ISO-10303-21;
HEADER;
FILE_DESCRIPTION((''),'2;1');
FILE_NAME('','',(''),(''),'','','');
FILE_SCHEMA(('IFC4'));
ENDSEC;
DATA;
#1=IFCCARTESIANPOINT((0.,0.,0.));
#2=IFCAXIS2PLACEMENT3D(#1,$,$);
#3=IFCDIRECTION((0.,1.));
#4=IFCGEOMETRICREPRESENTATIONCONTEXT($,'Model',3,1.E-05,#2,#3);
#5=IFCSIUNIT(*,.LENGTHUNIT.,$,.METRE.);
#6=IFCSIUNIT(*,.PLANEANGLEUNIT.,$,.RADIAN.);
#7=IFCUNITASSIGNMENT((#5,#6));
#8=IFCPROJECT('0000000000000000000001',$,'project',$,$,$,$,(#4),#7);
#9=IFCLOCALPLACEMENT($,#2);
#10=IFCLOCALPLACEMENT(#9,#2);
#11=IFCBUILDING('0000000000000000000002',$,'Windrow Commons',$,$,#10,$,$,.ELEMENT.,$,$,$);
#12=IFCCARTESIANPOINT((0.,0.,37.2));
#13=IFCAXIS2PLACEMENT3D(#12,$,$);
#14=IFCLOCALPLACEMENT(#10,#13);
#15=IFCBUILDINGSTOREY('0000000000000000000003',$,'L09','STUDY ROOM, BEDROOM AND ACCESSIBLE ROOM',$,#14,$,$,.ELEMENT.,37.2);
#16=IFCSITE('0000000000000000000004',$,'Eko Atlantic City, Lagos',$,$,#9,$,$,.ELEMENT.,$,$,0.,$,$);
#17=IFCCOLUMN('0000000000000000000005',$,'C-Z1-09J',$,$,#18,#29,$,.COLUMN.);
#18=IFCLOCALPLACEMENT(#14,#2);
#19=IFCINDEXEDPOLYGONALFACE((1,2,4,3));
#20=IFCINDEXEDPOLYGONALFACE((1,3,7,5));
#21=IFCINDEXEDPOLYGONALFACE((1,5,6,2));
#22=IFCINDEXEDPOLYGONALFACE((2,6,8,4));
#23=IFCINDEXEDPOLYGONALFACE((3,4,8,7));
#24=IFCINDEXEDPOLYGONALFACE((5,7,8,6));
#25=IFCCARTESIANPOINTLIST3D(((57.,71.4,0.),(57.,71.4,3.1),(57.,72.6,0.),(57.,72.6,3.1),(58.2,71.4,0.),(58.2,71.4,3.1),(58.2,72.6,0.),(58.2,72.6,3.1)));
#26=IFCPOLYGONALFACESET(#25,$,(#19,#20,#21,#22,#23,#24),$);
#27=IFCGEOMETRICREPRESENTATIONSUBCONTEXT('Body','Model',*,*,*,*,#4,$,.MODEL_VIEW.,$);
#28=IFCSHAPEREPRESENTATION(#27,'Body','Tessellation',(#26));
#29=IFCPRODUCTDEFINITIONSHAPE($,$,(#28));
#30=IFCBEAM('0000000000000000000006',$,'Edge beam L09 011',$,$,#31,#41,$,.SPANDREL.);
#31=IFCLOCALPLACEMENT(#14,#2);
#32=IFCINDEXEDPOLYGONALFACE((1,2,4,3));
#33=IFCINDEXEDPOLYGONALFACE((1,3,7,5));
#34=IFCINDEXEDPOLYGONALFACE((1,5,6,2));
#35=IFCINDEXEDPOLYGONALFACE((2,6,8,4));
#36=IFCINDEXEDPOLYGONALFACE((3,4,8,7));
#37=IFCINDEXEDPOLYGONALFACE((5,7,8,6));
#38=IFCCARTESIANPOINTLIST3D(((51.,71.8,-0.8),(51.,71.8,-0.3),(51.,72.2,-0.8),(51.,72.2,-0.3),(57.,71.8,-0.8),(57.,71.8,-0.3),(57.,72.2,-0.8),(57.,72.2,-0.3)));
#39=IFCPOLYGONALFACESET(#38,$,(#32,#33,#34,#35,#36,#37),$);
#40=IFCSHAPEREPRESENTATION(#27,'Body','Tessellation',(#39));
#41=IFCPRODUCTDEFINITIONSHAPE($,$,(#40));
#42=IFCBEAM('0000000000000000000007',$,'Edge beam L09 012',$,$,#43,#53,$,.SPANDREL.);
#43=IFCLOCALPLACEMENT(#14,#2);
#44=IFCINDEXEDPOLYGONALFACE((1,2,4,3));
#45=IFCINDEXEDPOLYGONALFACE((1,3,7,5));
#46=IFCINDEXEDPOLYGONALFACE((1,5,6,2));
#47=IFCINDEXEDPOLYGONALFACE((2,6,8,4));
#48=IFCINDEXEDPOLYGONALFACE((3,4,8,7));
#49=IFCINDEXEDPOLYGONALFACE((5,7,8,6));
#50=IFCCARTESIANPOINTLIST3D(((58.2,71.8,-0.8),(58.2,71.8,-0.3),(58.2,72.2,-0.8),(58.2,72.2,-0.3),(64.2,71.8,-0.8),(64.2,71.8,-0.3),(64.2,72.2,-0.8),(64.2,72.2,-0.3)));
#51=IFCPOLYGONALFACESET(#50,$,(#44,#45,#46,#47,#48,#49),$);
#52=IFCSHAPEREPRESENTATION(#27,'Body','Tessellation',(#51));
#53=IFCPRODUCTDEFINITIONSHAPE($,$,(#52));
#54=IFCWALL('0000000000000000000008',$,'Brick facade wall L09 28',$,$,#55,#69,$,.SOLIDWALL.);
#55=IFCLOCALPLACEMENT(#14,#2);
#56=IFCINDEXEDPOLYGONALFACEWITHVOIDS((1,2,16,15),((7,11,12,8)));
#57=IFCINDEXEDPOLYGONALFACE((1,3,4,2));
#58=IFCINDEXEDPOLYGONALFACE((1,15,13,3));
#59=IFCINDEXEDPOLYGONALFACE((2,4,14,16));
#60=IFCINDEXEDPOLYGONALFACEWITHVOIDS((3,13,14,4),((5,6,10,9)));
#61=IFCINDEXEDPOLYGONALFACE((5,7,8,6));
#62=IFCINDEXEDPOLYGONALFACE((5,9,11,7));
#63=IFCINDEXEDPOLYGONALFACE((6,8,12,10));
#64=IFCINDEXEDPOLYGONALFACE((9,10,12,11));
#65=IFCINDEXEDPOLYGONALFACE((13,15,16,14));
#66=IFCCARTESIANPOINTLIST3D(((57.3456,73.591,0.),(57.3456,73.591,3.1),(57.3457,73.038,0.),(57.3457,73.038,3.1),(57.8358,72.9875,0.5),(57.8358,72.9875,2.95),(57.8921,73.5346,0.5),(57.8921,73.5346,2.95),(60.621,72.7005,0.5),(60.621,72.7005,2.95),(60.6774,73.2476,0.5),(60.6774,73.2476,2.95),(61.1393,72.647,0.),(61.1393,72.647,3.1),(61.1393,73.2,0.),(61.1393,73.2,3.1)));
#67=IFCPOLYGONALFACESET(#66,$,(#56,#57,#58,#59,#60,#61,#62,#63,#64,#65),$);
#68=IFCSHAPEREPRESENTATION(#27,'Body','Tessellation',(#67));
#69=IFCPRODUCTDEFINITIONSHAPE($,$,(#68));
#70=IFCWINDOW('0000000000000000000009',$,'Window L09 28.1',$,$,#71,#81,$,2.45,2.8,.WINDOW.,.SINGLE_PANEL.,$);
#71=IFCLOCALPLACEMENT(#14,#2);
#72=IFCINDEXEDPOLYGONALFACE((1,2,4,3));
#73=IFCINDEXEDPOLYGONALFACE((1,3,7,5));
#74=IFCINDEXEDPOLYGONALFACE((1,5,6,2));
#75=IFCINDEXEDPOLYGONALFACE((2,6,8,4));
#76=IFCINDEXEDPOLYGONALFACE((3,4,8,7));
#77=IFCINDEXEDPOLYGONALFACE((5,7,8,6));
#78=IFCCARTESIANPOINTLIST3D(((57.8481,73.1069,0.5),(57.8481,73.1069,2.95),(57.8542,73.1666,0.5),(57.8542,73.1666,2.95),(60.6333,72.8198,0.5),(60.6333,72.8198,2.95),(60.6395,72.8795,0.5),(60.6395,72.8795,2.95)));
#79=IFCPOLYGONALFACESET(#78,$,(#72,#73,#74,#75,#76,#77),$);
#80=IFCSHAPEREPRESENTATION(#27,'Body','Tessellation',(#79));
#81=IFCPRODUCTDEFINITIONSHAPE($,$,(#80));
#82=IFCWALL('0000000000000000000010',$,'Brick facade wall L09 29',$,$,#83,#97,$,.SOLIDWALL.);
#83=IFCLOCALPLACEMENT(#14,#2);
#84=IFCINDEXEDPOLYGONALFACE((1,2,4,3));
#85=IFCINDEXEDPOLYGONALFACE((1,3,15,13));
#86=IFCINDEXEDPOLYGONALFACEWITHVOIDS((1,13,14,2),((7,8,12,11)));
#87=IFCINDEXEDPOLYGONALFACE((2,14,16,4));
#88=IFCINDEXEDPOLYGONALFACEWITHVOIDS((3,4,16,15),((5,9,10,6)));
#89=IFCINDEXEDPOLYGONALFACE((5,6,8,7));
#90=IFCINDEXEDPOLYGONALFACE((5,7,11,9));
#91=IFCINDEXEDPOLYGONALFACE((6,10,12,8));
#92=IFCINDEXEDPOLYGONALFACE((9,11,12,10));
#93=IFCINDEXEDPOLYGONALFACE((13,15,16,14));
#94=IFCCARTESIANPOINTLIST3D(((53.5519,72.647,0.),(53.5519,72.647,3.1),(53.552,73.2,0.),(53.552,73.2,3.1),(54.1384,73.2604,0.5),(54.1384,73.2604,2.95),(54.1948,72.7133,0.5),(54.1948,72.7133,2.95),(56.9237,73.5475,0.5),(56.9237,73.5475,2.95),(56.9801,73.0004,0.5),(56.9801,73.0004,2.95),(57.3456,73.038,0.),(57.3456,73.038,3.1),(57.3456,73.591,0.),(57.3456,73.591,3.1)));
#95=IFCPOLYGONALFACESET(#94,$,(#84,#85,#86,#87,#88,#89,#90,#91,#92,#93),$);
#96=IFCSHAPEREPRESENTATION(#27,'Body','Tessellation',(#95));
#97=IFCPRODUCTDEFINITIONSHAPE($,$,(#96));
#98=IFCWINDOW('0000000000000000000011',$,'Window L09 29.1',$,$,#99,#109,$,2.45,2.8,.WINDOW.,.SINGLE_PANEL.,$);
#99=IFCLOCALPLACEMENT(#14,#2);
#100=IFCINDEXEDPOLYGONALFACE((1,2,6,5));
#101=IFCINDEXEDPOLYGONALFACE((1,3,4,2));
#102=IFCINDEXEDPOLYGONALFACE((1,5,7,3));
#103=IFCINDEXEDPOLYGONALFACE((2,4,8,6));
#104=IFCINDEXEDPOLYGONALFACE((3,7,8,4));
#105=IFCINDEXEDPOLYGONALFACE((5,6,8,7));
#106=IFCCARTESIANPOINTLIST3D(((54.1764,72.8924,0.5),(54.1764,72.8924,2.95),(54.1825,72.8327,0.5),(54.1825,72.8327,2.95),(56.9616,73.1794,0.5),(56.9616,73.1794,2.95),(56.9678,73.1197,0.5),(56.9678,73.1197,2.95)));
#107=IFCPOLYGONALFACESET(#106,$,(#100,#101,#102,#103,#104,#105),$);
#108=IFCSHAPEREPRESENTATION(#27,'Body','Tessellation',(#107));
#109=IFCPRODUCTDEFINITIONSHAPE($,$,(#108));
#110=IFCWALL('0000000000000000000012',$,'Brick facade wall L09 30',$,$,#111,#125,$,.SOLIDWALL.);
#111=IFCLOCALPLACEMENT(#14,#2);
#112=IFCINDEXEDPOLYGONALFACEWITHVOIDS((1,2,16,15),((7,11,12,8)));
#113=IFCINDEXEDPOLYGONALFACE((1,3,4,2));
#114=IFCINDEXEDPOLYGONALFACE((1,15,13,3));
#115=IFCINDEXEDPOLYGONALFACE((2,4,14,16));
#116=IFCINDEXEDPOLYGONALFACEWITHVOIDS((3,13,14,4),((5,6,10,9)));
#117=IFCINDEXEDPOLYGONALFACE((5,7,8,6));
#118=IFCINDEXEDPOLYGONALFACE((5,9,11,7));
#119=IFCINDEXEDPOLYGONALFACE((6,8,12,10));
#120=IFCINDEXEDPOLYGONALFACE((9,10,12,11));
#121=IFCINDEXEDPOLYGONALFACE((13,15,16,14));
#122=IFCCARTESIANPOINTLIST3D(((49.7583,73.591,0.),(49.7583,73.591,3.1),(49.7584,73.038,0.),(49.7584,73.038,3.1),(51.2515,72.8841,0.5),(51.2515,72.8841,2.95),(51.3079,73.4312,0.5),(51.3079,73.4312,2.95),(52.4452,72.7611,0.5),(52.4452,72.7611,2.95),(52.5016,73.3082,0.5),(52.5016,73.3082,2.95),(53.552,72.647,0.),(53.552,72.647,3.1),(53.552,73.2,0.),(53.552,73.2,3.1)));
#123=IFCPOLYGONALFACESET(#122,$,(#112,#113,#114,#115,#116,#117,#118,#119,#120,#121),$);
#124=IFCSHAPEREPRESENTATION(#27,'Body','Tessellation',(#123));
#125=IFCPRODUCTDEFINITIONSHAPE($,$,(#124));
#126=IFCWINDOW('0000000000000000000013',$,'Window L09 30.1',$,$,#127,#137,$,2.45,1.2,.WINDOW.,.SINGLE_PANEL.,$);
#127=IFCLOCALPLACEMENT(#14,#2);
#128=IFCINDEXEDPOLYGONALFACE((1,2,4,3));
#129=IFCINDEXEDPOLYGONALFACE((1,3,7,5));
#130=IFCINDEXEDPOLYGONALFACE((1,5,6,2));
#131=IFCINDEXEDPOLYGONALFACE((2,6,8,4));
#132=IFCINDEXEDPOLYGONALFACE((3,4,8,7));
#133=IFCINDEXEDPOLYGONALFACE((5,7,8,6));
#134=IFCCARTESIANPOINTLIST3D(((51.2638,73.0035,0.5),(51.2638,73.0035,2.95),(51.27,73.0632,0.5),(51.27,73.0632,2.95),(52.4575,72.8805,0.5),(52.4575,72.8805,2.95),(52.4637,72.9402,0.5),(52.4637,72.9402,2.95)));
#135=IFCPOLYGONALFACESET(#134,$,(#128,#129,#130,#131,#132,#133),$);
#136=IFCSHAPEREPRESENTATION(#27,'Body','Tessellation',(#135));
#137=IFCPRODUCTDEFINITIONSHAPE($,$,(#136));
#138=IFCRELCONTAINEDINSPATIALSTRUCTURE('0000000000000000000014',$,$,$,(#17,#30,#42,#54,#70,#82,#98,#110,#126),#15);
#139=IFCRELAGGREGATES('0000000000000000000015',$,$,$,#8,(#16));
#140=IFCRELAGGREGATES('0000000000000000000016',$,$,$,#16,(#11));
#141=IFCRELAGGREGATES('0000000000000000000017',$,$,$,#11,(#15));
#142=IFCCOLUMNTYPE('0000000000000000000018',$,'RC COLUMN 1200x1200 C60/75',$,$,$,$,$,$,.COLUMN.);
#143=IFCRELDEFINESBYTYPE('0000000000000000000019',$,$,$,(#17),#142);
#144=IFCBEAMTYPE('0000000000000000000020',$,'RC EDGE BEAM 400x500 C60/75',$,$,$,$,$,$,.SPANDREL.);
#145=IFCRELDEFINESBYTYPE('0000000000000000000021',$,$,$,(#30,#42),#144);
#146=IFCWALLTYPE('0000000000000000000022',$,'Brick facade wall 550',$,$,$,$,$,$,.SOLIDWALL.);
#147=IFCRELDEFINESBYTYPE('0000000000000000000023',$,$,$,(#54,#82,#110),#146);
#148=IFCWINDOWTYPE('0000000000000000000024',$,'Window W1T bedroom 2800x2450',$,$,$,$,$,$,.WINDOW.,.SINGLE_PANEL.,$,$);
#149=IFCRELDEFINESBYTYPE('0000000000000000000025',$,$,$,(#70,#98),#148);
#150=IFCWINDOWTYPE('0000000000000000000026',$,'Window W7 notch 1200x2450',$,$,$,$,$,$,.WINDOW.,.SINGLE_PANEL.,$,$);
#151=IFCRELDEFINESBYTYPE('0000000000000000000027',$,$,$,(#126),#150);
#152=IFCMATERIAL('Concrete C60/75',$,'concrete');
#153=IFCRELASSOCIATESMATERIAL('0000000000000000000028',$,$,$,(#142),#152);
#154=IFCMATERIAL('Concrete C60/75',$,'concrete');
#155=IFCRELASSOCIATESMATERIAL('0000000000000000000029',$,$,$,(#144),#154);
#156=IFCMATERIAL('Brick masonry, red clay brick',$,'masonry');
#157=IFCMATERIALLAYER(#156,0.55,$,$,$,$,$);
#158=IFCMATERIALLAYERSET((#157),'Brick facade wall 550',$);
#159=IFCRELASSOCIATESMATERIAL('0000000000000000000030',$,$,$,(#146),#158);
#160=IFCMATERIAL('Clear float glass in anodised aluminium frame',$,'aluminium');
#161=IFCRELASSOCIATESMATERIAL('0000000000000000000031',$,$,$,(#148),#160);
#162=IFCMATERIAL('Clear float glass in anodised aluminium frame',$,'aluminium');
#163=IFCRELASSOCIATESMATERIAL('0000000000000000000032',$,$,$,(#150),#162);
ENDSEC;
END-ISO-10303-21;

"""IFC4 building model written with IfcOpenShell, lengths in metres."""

from ifc_helpers import new_model, si_unit, direction, frame, frame_2d, origin, origin_2d, place, context, subcontext, project, spatial, polyline, rectangle, outline, extrude, material, layer, layer_set, material_profile, profile_set, type_object, element, fill, save


model = new_model("IFC4")

# Units and contexts
model_context = context("Model", 3, precision=1e-05, world=origin(), true_north=direction((0.0, 1.0)))
body_context = subcontext(model_context, "Body", "Model", "MODEL_VIEW")
ifc_project = project(units=[si_unit("LENGTHUNIT", "METRE"), si_unit("PLANEANGLEUNIT", "RADIAN")], contexts=[model_context])

# Site, building, storey
site_placement = place(None, origin())
site = spatial("IfcSite", under=ifc_project, at=site_placement, Name="Eko Atlantic City, Lagos", CompositionType="ELEMENT", RefElevation=0.0)
building_placement = place(site_placement, origin())
building = spatial("IfcBuilding", under=site, at=building_placement, Name="Windrow Commons", CompositionType="ELEMENT")
storey_placement = place(building_placement, frame((0.0, 0.0, 37.2)))
storey = spatial("IfcBuildingStorey", under=building, at=storey_placement, Name="L09", Description="STUDY ROOM, BEDROOM AND ACCESSIBLE ROOM", CompositionType="ELEMENT", Elevation=37.2)

# Column
ifc_material_1 = material(Name="Concrete C60/75", Category="concrete")
ifc_material_profile_1 = material_profile(ifc_material_1, rectangle(XDim=1.2, YDim=1.2, at=origin_2d()))
ifc_profile_set_1 = profile_set([ifc_material_profile_1], Name="Concrete C60/75")
column_type = type_object("IfcColumnType", Name="RC COLUMN 1200x1200 C60/75", PredefinedType="COLUMN", material=ifc_profile_set_1)
column_placement = place(storey_placement, frame((57.6, 72.0, 0.0), z_axis=(0.0, 0.0, 1.0), x_axis=(1.0, 0.0, 0.0)))
element("IfcColumn", 1, at=column_placement, inside=storey, type_object=column_type, Name="C-Z1-09J", PredefinedType="COLUMN", context=body_context, shape_type="SweptSolid", body=[
    extrude(rectangle(XDim=1.2, YDim=1.2, at=origin_2d()), origin(), (0.0, 0.0, 1.0), 3.1),
])

# Beams
ifc_material_2 = material(Name="Concrete C60/75", Category="concrete")
ifc_material_profile_2 = material_profile(ifc_material_2, rectangle(XDim=0.4, YDim=0.5, at=origin_2d()))
ifc_profile_set_2 = profile_set([ifc_material_profile_2], Name="Concrete C60/75")
beam_type = type_object("IfcBeamType", Name="RC EDGE BEAM 400x500 C60/75", PredefinedType="SPANDREL", material=ifc_profile_set_2)
for number, where, z_axis, x_axis, name in (
    (2, (51.0, 72.0, -0.55), (1.0, 0.0, 0.0), (0.0, 1.0, 0.0), "Edge beam L09 011"),
    (3, (58.2, 72.0, -0.55), (1.0, 0.0, 0.0), (0.0, 1.0, 0.0), "Edge beam L09 012"),
):
    element("IfcBeam", number, at=place(storey_placement, frame(where, z_axis=z_axis, x_axis=x_axis)), inside=storey, type_object=beam_type, Name=name, PredefinedType="SPANDREL", context=body_context, shape_type="SweptSolid", body=[
        extrude(rectangle(XDim=0.4, YDim=0.5, at=origin_2d()), origin(), (0.0, 0.0, 1.0), 6.0),
    ])

# Walls, openings, windows
ifc_material_3 = material(Name="Brick masonry, red clay brick", Category="masonry")
ifc_layer_1 = layer(ifc_material_3, 0.55)
ifc_layer_set_1 = layer_set([ifc_layer_1], Name="Brick facade wall 550")
wall_type_1 = type_object("IfcWallType", Name="Brick facade wall 550", PredefinedType="SOLIDWALL", material=ifc_layer_set_1)
wall_1_placement = place(storey_placement, frame((61.1393, 72.9235, 0.0), z_axis=(0.0, 0.0, 1.0), x_axis=(-0.994731, 0.102523, 0.0)))
wall_1 = element("IfcWall", 4, at=wall_1_placement, inside=storey, type_object=wall_type_1, Name="Brick facade wall L09 28", PredefinedType="SOLIDWALL", context=body_context, shape_type="SweptSolid", body=[
    extrude(outline(polyline([(0.0283, -0.275), (3.8421, -0.275), (3.7854, 0.275), (-0.0283, 0.275), (0.0283, -0.275)])), origin(), (0.0, 0.0, 1.0), 3.1),
])
opening_1_placement = place(wall_1_placement, frame((0.4927, 0.0, 0.5)))
opening_1 = element("IfcOpeningElement", 5, at=opening_1_placement, cuts=wall_1, PredefinedType="OPENING", context=body_context, shape_type="SweptSolid", body=[
    extrude(rectangle(XDim=2.8, YDim=2.45, at=frame_2d((1.4, 1.225))), frame((0.0, 0.285, 0.0), z_axis=(0.0, -1.0, 0.0), x_axis=(1.0, 0.0, 0.0)), (0.0, 0.0, 1.0), 0.57),
])
ifc_material_4 = material(Name="Clear float glass in anodised aluminium frame", Category="aluminium")
window_type_1 = type_object("IfcWindowType", Name="Window W1T bedroom 2800x2450", PartitioningType="SINGLE_PANEL", PredefinedType="WINDOW", material=ifc_material_4)
window_1_placement = place(opening_1_placement, origin())
window_1 = element("IfcWindow", 6, at=window_1_placement, inside=storey, type_object=window_type_1, Name="Window L09 28.1", OverallHeight=2.45, OverallWidth=2.8, PartitioningType="SINGLE_PANEL", PredefinedType="WINDOW", context=body_context, shape_type="SweptSolid", body=[
    extrude(rectangle(XDim=2.8, YDim=2.45, at=frame_2d((1.4, 1.225))), frame((0.0, 0.155, 0.0), z_axis=(0.0, -1.0, 0.0), x_axis=(1.0, 0.0, 0.0)), (0.0, 0.0, 1.0), 0.06),
])
fill(opening_1, window_1)
wall_2_placement = place(storey_placement, frame((57.3456, 73.3145, 0.0), z_axis=(0.0, 0.0, 1.0), x_axis=(-0.99473, -0.102525, 0.0)))
wall_2 = element("IfcWall", 7, at=wall_2_placement, inside=storey, type_object=wall_type_1, Name="Brick facade wall L09 29", PredefinedType="SOLIDWALL", context=body_context, shape_type="SweptSolid", body=[
    extrude(outline(polyline([(-0.0283, -0.275), (3.7854, -0.275), (3.8421, 0.275), (0.0283, 0.275), (-0.0283, -0.275)])), origin(), (0.0, 0.0, 1.0), 3.1),
])
opening_2_placement = place(wall_2_placement, frame((0.3958, 0.0, 0.5)))
opening_2 = element("IfcOpeningElement", 8, at=opening_2_placement, cuts=wall_2, PredefinedType="OPENING", context=body_context, shape_type="SweptSolid", body=[
    extrude(rectangle(XDim=2.8, YDim=2.45, at=frame_2d((1.4, 1.225))), frame((0.0, 0.285, 0.0), z_axis=(0.0, -1.0, 0.0), x_axis=(1.0, 0.0, 0.0)), (0.0, 0.0, 1.0), 0.57),
])
window_2_placement = place(opening_2_placement, origin())
window_2 = element("IfcWindow", 9, at=window_2_placement, inside=storey, type_object=window_type_1, Name="Window L09 29.1", OverallHeight=2.45, OverallWidth=2.8, PartitioningType="SINGLE_PANEL", PredefinedType="WINDOW", context=body_context, shape_type="SweptSolid", body=[
    extrude(rectangle(XDim=2.8, YDim=2.45, at=frame_2d((1.4, 1.225))), frame((0.0, 0.155, 0.0), z_axis=(0.0, -1.0, 0.0), x_axis=(1.0, 0.0, 0.0)), (0.0, 0.0, 1.0), 0.06),
])
fill(opening_2, window_2)
wall_3_placement = place(storey_placement, frame((53.552, 72.9235, 0.0), z_axis=(0.0, 0.0, 1.0), x_axis=(-0.994731, 0.102523, 0.0)))
wall_3 = element("IfcWall", 10, at=wall_3_placement, inside=storey, type_object=wall_type_1, Name="Brick facade wall L09 30", PredefinedType="SOLIDWALL", context=body_context, shape_type="SweptSolid", body=[
    extrude(outline(polyline([(0.0283, -0.275), (3.8421, -0.275), (3.7854, 0.275), (-0.0283, 0.275), (0.0283, -0.275)])), origin(), (0.0, 0.0, 1.0), 3.1),
])
opening_3_placement = place(wall_3_placement, frame((1.0843, 0.0, 0.5)))
opening_3 = element("IfcOpeningElement", 11, at=opening_3_placement, cuts=wall_3, PredefinedType="OPENING", context=body_context, shape_type="SweptSolid", body=[
    extrude(rectangle(XDim=1.2, YDim=2.45, at=frame_2d((0.6, 1.225))), frame((0.0, 0.285, 0.0), z_axis=(0.0, -1.0, 0.0), x_axis=(1.0, 0.0, 0.0)), (0.0, 0.0, 1.0), 0.57),
])
ifc_material_5 = material(Name="Clear float glass in anodised aluminium frame", Category="aluminium")
window_type_2 = type_object("IfcWindowType", Name="Window W7 notch 1200x2450", PartitioningType="SINGLE_PANEL", PredefinedType="WINDOW", material=ifc_material_5)
window_3_placement = place(opening_3_placement, origin())
window_3 = element("IfcWindow", 12, at=window_3_placement, inside=storey, type_object=window_type_2, Name="Window L09 30.1", OverallHeight=2.45, OverallWidth=1.2, PartitioningType="SINGLE_PANEL", PredefinedType="WINDOW", context=body_context, shape_type="SweptSolid", body=[
    extrude(rectangle(XDim=1.2, YDim=2.45, at=frame_2d((0.6, 1.225))), frame((0.0, 0.155, 0.0), z_axis=(0.0, -1.0, 0.0), x_axis=(1.0, 0.0, 0.0)), (0.0, 0.0, 1.0), 0.06),
])
fill(opening_3, window_3)

save(model, "model.ifc")
